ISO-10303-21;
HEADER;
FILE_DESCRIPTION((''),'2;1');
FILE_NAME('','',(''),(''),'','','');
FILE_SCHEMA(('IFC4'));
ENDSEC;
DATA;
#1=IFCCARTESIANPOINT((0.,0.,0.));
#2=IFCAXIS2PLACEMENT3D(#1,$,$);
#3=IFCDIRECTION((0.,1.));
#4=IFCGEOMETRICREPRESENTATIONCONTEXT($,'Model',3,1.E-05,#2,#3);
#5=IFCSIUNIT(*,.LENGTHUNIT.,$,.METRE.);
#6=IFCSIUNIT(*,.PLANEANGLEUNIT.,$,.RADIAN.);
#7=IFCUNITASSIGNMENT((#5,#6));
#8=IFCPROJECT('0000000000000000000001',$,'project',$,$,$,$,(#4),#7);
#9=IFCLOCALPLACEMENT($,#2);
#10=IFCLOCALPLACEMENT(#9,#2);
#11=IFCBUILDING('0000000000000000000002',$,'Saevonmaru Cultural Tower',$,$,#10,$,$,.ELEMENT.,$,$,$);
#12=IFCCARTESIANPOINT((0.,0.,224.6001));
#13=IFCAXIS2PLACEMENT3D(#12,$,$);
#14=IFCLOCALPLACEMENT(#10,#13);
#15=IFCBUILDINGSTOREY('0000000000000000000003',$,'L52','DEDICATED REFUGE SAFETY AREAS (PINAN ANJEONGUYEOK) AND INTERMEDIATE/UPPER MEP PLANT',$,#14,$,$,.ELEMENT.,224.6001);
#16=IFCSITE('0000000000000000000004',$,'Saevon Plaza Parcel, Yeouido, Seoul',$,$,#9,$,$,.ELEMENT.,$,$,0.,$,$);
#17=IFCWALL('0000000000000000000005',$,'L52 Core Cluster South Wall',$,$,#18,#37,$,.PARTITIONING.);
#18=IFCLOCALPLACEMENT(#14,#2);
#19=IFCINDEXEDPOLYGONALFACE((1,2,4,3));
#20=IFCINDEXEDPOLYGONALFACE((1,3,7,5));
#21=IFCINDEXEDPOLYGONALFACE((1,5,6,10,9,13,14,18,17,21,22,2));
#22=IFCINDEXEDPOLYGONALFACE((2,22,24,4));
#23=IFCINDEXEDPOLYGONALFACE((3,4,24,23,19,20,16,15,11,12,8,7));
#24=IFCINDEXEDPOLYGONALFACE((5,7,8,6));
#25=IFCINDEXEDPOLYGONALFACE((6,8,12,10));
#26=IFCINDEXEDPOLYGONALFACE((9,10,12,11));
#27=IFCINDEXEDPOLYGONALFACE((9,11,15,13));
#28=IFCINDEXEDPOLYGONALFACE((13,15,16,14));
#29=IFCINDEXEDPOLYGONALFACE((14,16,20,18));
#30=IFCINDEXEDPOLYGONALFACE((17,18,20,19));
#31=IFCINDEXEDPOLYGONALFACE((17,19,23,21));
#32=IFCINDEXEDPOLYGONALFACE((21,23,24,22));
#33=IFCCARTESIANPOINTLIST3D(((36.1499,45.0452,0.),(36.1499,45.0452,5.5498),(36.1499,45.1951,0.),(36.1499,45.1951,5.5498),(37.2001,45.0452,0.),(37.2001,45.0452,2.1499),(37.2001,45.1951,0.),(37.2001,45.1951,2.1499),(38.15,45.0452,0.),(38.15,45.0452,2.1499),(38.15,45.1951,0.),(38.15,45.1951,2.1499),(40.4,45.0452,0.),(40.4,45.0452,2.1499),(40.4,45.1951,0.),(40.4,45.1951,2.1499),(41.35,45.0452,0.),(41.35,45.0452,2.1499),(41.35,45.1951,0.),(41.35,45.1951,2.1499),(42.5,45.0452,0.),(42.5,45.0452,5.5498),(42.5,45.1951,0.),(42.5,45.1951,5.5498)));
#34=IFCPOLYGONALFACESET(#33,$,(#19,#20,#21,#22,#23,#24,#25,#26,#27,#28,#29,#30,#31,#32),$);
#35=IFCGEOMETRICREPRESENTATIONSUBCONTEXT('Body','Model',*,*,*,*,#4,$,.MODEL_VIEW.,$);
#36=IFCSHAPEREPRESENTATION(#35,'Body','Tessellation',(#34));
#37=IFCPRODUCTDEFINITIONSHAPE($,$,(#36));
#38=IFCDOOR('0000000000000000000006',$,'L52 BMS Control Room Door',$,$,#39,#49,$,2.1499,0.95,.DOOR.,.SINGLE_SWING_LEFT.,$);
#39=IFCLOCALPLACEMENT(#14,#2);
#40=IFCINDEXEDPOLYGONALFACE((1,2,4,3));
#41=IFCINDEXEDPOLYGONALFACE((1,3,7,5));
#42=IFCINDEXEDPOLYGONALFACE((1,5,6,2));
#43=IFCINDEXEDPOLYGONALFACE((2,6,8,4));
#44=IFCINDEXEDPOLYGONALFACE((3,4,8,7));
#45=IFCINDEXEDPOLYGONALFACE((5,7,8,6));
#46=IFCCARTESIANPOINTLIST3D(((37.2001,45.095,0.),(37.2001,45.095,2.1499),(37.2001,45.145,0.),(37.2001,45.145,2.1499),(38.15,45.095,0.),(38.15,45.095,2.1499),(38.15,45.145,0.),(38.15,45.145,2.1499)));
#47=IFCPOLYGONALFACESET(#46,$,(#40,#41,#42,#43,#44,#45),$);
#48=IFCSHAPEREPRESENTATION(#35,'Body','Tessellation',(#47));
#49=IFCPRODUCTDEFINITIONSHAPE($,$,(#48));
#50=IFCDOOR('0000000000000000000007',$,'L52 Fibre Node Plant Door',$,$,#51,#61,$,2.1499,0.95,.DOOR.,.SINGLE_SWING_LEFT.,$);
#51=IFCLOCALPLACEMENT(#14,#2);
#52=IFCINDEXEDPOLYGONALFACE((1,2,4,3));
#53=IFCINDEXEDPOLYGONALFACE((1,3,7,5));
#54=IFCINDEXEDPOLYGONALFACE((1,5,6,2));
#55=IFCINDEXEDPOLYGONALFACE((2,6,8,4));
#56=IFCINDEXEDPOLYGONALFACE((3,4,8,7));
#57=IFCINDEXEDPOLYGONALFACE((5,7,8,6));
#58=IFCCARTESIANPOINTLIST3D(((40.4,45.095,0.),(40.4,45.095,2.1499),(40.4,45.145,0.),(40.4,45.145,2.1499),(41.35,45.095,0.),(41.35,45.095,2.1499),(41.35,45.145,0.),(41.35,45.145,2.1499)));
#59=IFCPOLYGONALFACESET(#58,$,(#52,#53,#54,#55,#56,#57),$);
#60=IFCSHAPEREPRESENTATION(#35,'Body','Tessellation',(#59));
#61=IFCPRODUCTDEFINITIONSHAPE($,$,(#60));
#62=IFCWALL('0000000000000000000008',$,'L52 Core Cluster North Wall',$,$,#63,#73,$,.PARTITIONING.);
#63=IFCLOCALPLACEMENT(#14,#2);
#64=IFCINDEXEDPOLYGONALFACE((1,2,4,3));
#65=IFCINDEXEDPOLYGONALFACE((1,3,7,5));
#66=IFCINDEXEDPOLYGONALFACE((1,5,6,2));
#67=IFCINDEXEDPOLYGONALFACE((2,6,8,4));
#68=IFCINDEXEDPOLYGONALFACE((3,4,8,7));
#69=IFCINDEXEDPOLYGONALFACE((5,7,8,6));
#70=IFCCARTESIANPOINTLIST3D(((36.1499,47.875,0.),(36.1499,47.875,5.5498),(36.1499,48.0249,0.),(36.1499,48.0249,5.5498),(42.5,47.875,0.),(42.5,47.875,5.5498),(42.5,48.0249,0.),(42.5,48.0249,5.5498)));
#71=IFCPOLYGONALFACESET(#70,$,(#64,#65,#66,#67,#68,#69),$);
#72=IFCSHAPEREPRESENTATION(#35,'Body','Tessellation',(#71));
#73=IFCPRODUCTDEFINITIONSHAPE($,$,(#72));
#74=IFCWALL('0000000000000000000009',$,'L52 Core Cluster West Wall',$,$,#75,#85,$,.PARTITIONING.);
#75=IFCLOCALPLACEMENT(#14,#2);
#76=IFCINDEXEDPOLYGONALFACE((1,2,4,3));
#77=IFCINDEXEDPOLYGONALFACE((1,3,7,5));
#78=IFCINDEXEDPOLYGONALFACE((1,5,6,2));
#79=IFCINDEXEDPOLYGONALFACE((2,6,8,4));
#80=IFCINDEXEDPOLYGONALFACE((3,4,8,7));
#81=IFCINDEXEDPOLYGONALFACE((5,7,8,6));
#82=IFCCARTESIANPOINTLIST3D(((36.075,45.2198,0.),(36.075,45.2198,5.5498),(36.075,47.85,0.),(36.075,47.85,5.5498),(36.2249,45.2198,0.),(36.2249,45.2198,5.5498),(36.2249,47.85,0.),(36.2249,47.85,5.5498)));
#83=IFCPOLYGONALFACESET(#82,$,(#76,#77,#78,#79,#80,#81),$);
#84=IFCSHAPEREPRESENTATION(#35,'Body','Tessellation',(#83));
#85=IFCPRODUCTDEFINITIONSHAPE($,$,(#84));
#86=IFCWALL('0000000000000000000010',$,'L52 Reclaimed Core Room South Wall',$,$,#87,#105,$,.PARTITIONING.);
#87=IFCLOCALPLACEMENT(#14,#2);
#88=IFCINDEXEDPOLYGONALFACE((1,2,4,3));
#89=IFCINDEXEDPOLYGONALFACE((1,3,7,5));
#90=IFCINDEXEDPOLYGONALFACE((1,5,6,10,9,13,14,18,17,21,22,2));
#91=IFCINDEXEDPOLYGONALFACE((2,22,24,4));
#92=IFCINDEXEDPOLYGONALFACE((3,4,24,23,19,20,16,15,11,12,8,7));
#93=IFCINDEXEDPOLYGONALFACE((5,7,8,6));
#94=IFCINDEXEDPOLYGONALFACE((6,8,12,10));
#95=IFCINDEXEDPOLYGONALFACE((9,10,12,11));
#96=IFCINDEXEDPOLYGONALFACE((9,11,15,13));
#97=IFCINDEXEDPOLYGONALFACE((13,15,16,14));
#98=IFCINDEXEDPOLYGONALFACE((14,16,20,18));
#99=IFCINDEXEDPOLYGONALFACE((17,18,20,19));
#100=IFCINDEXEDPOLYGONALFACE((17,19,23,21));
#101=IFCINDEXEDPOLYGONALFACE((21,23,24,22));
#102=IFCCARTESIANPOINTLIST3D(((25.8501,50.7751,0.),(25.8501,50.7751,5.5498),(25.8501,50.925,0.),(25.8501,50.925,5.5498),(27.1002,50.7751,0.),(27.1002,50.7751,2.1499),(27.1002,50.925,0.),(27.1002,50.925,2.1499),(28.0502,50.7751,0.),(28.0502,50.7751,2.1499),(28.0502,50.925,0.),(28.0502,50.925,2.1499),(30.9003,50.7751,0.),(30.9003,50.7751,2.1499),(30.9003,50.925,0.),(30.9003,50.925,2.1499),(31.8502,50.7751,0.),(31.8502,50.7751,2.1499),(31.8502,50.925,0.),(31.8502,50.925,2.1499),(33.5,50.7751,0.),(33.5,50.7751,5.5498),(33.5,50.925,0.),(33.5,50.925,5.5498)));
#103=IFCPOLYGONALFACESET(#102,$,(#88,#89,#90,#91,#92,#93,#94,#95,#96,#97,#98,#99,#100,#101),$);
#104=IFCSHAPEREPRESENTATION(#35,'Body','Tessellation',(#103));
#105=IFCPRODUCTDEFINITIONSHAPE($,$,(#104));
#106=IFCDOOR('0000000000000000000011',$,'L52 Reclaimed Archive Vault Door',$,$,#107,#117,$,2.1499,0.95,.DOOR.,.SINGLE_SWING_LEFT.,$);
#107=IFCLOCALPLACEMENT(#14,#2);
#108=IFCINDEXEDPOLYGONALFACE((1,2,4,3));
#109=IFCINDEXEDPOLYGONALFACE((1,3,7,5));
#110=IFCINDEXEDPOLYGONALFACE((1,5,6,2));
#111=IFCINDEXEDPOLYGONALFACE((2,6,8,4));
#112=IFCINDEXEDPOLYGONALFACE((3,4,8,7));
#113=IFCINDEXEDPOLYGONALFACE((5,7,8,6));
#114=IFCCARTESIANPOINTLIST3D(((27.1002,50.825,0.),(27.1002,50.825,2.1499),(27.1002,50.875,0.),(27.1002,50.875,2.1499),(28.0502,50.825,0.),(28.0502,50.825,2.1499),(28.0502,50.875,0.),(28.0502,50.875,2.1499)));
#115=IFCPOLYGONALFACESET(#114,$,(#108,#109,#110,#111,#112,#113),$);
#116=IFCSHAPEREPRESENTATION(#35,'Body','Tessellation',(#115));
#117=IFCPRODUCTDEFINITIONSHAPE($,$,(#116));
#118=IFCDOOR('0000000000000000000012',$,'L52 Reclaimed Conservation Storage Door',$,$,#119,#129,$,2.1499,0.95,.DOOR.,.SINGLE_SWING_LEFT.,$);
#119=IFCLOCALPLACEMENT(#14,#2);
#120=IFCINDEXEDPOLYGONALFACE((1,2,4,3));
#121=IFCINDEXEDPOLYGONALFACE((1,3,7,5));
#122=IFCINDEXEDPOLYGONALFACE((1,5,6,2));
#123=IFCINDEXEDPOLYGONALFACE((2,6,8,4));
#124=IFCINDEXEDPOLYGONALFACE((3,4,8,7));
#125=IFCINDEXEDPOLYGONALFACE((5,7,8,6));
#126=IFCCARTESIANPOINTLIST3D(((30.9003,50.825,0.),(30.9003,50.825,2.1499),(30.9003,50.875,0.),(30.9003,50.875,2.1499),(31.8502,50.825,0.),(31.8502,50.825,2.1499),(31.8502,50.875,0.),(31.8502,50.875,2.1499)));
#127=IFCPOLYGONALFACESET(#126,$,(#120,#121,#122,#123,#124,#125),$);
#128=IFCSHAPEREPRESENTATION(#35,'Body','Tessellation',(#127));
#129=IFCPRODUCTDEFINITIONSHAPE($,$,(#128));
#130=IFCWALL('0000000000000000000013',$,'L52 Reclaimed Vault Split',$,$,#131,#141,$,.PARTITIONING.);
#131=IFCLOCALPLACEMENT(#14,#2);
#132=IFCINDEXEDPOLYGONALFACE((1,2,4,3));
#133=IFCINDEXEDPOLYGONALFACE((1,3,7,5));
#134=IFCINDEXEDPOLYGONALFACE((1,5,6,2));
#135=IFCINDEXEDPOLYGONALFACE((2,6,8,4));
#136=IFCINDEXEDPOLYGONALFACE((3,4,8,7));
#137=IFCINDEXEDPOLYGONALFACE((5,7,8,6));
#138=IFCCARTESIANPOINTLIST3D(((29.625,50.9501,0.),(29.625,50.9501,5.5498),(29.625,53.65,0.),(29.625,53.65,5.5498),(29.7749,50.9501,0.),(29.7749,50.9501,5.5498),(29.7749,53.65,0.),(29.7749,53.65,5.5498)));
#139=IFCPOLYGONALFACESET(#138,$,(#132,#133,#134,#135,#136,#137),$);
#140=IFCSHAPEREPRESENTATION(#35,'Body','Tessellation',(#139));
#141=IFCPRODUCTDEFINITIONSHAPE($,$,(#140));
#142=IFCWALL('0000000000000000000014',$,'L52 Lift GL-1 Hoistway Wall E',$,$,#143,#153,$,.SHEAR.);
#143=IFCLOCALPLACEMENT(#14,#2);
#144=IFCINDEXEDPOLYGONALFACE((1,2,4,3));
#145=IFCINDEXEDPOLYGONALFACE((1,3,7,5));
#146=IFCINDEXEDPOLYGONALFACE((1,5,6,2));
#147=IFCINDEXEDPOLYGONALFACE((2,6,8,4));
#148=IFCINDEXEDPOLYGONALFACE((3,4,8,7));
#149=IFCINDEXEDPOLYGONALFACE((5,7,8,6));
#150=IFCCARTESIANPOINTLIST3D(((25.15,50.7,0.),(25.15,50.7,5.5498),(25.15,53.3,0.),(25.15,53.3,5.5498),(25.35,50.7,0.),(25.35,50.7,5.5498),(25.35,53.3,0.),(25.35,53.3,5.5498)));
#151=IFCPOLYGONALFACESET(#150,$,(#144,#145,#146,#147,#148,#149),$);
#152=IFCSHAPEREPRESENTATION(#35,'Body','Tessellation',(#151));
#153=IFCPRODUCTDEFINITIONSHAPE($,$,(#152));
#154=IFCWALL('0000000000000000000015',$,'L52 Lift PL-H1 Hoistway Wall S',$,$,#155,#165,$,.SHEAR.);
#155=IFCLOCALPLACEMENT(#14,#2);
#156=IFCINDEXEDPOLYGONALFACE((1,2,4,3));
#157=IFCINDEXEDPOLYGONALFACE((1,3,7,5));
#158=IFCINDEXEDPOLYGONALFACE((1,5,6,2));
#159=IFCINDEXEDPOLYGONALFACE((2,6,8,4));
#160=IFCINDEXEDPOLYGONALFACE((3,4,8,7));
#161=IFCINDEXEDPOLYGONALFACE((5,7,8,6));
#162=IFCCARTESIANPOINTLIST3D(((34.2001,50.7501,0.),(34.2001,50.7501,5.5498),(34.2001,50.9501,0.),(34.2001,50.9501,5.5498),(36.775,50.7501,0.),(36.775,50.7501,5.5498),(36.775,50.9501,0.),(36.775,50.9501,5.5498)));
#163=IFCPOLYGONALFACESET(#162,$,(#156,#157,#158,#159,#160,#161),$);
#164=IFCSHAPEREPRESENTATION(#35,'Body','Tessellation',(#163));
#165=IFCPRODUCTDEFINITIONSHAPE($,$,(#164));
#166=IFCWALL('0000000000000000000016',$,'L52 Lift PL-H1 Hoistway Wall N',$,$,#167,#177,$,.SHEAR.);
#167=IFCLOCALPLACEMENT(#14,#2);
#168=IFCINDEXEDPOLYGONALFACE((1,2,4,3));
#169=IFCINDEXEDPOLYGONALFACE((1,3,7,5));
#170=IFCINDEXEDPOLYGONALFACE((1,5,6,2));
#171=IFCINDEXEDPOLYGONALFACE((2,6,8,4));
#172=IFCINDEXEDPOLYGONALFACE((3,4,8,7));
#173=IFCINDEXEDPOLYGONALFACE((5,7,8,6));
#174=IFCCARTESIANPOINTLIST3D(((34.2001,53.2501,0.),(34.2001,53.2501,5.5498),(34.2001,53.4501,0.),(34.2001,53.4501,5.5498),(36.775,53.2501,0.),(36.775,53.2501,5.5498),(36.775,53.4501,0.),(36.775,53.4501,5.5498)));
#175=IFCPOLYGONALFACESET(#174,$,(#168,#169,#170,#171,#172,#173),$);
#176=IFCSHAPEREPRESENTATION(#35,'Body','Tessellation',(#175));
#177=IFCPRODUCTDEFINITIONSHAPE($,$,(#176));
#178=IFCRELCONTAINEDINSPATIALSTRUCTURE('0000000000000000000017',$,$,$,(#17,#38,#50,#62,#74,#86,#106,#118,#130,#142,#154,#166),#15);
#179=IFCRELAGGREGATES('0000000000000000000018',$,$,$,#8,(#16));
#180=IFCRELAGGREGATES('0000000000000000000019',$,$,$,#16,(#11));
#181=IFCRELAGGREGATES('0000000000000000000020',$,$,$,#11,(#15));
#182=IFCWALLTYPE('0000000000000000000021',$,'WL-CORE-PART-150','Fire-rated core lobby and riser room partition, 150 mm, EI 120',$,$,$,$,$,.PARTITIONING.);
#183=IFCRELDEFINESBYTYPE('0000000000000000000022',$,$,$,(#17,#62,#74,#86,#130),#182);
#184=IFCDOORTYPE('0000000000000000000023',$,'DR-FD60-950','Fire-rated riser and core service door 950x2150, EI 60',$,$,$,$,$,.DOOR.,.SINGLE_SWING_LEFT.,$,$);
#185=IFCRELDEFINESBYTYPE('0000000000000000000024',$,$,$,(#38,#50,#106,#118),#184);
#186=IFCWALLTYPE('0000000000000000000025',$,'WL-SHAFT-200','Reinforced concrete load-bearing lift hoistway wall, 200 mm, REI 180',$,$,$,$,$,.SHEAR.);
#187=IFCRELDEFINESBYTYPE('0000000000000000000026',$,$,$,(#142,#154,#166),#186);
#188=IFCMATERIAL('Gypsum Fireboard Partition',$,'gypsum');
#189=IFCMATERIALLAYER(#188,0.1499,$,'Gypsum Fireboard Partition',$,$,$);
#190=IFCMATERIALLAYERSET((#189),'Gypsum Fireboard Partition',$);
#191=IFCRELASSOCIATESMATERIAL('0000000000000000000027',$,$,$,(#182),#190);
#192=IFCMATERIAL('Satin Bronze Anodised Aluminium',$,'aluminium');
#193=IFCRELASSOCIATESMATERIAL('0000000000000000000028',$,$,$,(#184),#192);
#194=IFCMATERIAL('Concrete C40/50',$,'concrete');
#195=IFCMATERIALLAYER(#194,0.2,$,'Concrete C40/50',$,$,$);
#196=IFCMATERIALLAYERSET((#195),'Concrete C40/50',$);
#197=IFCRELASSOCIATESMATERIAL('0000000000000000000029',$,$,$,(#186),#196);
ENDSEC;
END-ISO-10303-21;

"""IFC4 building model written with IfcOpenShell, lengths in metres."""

from ifc_helpers import new_model, si_unit, direction, frame, frame_2d, origin, place, context, subcontext, project, spatial, rectangle, extrude, material, layer, layer_set, type_object, element, fill, save


model = new_model("IFC4")

# Units and contexts
model_context = context("Model", 3, precision=1e-05, world=origin(), true_north=direction((0.0, 1.0)))
body_context = subcontext(model_context, "Body", "Model", "MODEL_VIEW")
ifc_project = project(units=[si_unit("LENGTHUNIT", "METRE"), si_unit("PLANEANGLEUNIT", "RADIAN")], contexts=[model_context])

# Site, building, storey
site_placement = place(None, origin())
site = spatial("IfcSite", under=ifc_project, at=site_placement, Name="Saevon Plaza Parcel, Yeouido, Seoul", CompositionType="ELEMENT", RefElevation=0.0)
building_placement = place(site_placement, origin())
building = spatial("IfcBuilding", under=site, at=building_placement, Name="Saevonmaru Cultural Tower", CompositionType="ELEMENT")
storey_placement = place(building_placement, frame((0.0, 0.0, 224.6001)))
storey = spatial("IfcBuildingStorey", under=building, at=storey_placement, Name="L52", Description="DEDICATED REFUGE SAFETY AREAS (PINAN ANJEONGUYEOK) AND INTERMEDIATE/UPPER MEP PLANT", CompositionType="ELEMENT", Elevation=224.6001)

# Shared definitions
ifc_material_1 = material(Name="Satin Bronze Anodised Aluminium", Category="aluminium")

# Wall, openings, doors
ifc_material_2 = material(Name="Gypsum Fireboard Partition", Category="gypsum")
ifc_layer_1 = layer(ifc_material_2, 0.1499, Name="Gypsum Fireboard Partition")
ifc_layer_set_1 = layer_set([ifc_layer_1], Name="Gypsum Fireboard Partition")
wall_type_1 = type_object("IfcWallType", Name="WL-CORE-PART-150", Description="Fire-rated core lobby and riser room partition, 150 mm, EI 120", PredefinedType="PARTITIONING", material=ifc_layer_set_1)
wall_1_placement = place(storey_placement, frame((36.1499, 45.1201, 0.0), z_axis=(0.0, 0.0, 1.0), x_axis=(1.0, 0.0, 0.0)))
wall_1 = element("IfcWall", 1, at=wall_1_placement, inside=storey, type_object=wall_type_1, Name="L52 Core Cluster South Wall", PredefinedType="PARTITIONING", context=body_context, shape_type="SweptSolid", body=[
    extrude(rectangle(XDim=6.3501, YDim=0.1499, at=frame_2d((3.175, 0.0))), origin(), (0.0, 0.0, 1.0), 5.5498),
])
opening_1_placement = place(wall_1_placement, frame((1.05, 0.0, 0.0)))
opening_1 = element("IfcOpeningElement", 2, at=opening_1_placement, cuts=wall_1, PredefinedType="OPENING", context=body_context, shape_type="SweptSolid", body=[
    extrude(rectangle(XDim=0.95, YDim=2.1499, at=frame_2d((0.4751, 1.075))), frame((0.0, 0.085, 0.0), z_axis=(0.0, -1.0, 0.0), x_axis=(1.0, 0.0, 0.0)), (0.0, 0.0, 1.0), 0.1699),
])
opening_2_placement = place(wall_1_placement, frame((4.25, 0.0, 0.0)))
opening_2 = element("IfcOpeningElement", 3, at=opening_2_placement, cuts=wall_1, PredefinedType="OPENING", context=body_context, shape_type="SweptSolid", body=[
    extrude(rectangle(XDim=0.95, YDim=2.1499, at=frame_2d((0.4751, 1.075))), frame((0.0, 0.085, 0.0), z_axis=(0.0, -1.0, 0.0), x_axis=(1.0, 0.0, 0.0)), (0.0, 0.0, 1.0), 0.1699),
])
door_type = type_object("IfcDoorType", Name="DR-FD60-950", Description="Fire-rated riser and core service door 950x2150, EI 60", OperationType="SINGLE_SWING_LEFT", PredefinedType="DOOR", material=ifc_material_1)
door_1_placement = place(opening_1_placement, origin())
door_1 = element("IfcDoor", 4, at=door_1_placement, inside=storey, type_object=door_type, Name="L52 BMS Control Room Door", OperationType="SINGLE_SWING_LEFT", OverallHeight=2.1499, OverallWidth=0.95, PredefinedType="DOOR", context=body_context, shape_type="SweptSolid", body=[
    extrude(rectangle(XDim=0.95, YDim=2.1499, at=frame_2d((0.4751, 1.075))), frame((0.0, 0.0249, 0.0), z_axis=(0.0, -1.0, 0.0), x_axis=(1.0, 0.0, 0.0)), (0.0, 0.0, 1.0), 0.05),
])
fill(opening_1, door_1)
door_2_placement = place(opening_2_placement, origin())
door_2 = element("IfcDoor", 5, at=door_2_placement, inside=storey, type_object=door_type, Name="L52 Fibre Node Plant Door", OperationType="SINGLE_SWING_LEFT", OverallHeight=2.1499, OverallWidth=0.95, PredefinedType="DOOR", context=body_context, shape_type="SweptSolid", body=[
    extrude(rectangle(XDim=0.95, YDim=2.1499, at=frame_2d((0.4751, 1.075))), frame((0.0, 0.0249, 0.0), z_axis=(0.0, -1.0, 0.0), x_axis=(1.0, 0.0, 0.0)), (0.0, 0.0, 1.0), 0.05),
])
fill(opening_2, door_2)

# Walls
wall_2_placement = place(storey_placement, frame((36.1499, 47.95, 0.0), z_axis=(0.0, 0.0, 1.0), x_axis=(1.0, 0.0, 0.0)))
element("IfcWall", 6, at=wall_2_placement, inside=storey, type_object=wall_type_1, Name="L52 Core Cluster North Wall", PredefinedType="PARTITIONING", context=body_context, shape_type="SweptSolid", body=[
    extrude(rectangle(XDim=6.3501, YDim=0.1499, at=frame_2d((3.175, 0.0))), origin(), (0.0, 0.0, 1.0), 5.5498),
])
wall_3_placement = place(storey_placement, frame((36.1499, 45.22, 0.0), z_axis=(0.0, 0.0, 1.0), x_axis=(0.0, 1.0, 0.0)))
element("IfcWall", 7, at=wall_3_placement, inside=storey, type_object=wall_type_1, Name="L52 Core Cluster West Wall", PredefinedType="PARTITIONING", context=body_context, shape_type="SweptSolid", body=[
    extrude(rectangle(XDim=2.6301, YDim=0.1499, at=frame_2d((1.3149, 0.0))), origin(), (0.0, 0.0, 1.0), 5.5498),
])

# Wall, openings, doors
wall_4_placement = place(storey_placement, frame((25.8501, 50.8501, 0.0), z_axis=(0.0, 0.0, 1.0), x_axis=(1.0, 0.0, 0.0)))
wall_4 = element("IfcWall", 8, at=wall_4_placement, inside=storey, type_object=wall_type_1, Name="L52 Reclaimed Core Room South Wall", PredefinedType="PARTITIONING", context=body_context, shape_type="SweptSolid", body=[
    extrude(rectangle(XDim=7.6499, YDim=0.1499, at=frame_2d((3.825, 0.0))), origin(), (0.0, 0.0, 1.0), 5.5498),
])
opening_3_placement = place(wall_4_placement, frame((1.25, 0.0, 0.0)))
opening_3 = element("IfcOpeningElement", 9, at=opening_3_placement, cuts=wall_4, PredefinedType="OPENING", context=body_context, shape_type="SweptSolid", body=[
    extrude(rectangle(XDim=0.95, YDim=2.1499, at=frame_2d((0.4751, 1.075))), frame((0.0, 0.085, 0.0), z_axis=(0.0, -1.0, 0.0), x_axis=(1.0, 0.0, 0.0)), (0.0, 0.0, 1.0), 0.1699),
])
opening_4_placement = place(wall_4_placement, frame((5.05, 0.0, 0.0)))
opening_4 = element("IfcOpeningElement", 10, at=opening_4_placement, cuts=wall_4, PredefinedType="OPENING", context=body_context, shape_type="SweptSolid", body=[
    extrude(rectangle(XDim=0.95, YDim=2.1499, at=frame_2d((0.4751, 1.075))), frame((0.0, 0.085, 0.0), z_axis=(0.0, -1.0, 0.0), x_axis=(1.0, 0.0, 0.0)), (0.0, 0.0, 1.0), 0.1699),
])
door_3_placement = place(opening_3_placement, origin())
door_3 = element("IfcDoor", 11, at=door_3_placement, inside=storey, type_object=door_type, Name="L52 Reclaimed Archive Vault Door", OperationType="SINGLE_SWING_LEFT", OverallHeight=2.1499, OverallWidth=0.95, PredefinedType="DOOR", context=body_context, shape_type="SweptSolid", body=[
    extrude(rectangle(XDim=0.95, YDim=2.1499, at=frame_2d((0.4751, 1.075))), frame((0.0, 0.0249, 0.0), z_axis=(0.0, -1.0, 0.0), x_axis=(1.0, 0.0, 0.0)), (0.0, 0.0, 1.0), 0.05),
])
fill(opening_3, door_3)
door_4_placement = place(opening_4_placement, origin())
door_4 = element("IfcDoor", 12, at=door_4_placement, inside=storey, type_object=door_type, Name="L52 Reclaimed Conservation Storage Door", OperationType="SINGLE_SWING_LEFT", OverallHeight=2.1499, OverallWidth=0.95, PredefinedType="DOOR", context=body_context, shape_type="SweptSolid", body=[
    extrude(rectangle(XDim=0.95, YDim=2.1499, at=frame_2d((0.4751, 1.075))), frame((0.0, 0.0249, 0.0), z_axis=(0.0, -1.0, 0.0), x_axis=(1.0, 0.0, 0.0)), (0.0, 0.0, 1.0), 0.05),
])
fill(opening_4, door_4)

# Walls
wall_5_placement = place(storey_placement, frame((29.7, 50.95, 0.0), z_axis=(0.0, 0.0, 1.0), x_axis=(0.0, 1.0, 0.0)))
element("IfcWall", 13, at=wall_5_placement, inside=storey, type_object=wall_type_1, Name="L52 Reclaimed Vault Split", PredefinedType="PARTITIONING", context=body_context, shape_type="SweptSolid", body=[
    extrude(rectangle(XDim=2.7, YDim=0.1499, at=frame_2d((1.3501, 0.0))), origin(), (0.0, 0.0, 1.0), 5.5498),
])
ifc_material_3 = material(Name="Concrete C40/50", Category="concrete")
ifc_layer_2 = layer(ifc_material_3, 0.2, Name="Concrete C40/50")
ifc_layer_set_2 = layer_set([ifc_layer_2], Name="Concrete C40/50")
wall_type_2 = type_object("IfcWallType", Name="WL-SHAFT-200", Description="Reinforced concrete load-bearing lift hoistway wall, 200 mm, REI 180", PredefinedType="SHEAR", material=ifc_layer_set_2)
wall_6_placement = place(storey_placement, frame((25.25, 50.7, 0.0), z_axis=(0.0, 0.0, 1.0), x_axis=(0.0, 1.0, 0.0)))
element("IfcWall", 14, at=wall_6_placement, inside=storey, type_object=wall_type_2, Name="L52 Lift GL-1 Hoistway Wall E", PredefinedType="SHEAR", context=body_context, shape_type="SweptSolid", body=[
    extrude(rectangle(XDim=2.6001, YDim=0.2, at=frame_2d((1.3, 0.0))), origin(), (0.0, 0.0, 1.0), 5.5498),
])
for number, where, z_axis, x_axis, name in (
    (15, (34.2, 50.8501, 0.0), (0.0, 0.0, 1.0), (1.0, 0.0, 0.0), "L52 Lift PL-H1 Hoistway Wall S"),
    (16, (34.2, 53.3501, 0.0), (0.0, 0.0, 1.0), (1.0, 0.0, 0.0), "L52 Lift PL-H1 Hoistway Wall N"),
):
    element("IfcWall", number, at=place(storey_placement, frame(where, z_axis=z_axis, x_axis=x_axis)), inside=storey, type_object=wall_type_2, Name=name, PredefinedType="SHEAR", context=body_context, shape_type="SweptSolid", body=[
        extrude(rectangle(XDim=2.575, YDim=0.2, at=frame_2d((1.2876, 0.0))), origin(), (0.0, 0.0, 1.0), 5.5498),
    ])

save(model, "model.ifc")
